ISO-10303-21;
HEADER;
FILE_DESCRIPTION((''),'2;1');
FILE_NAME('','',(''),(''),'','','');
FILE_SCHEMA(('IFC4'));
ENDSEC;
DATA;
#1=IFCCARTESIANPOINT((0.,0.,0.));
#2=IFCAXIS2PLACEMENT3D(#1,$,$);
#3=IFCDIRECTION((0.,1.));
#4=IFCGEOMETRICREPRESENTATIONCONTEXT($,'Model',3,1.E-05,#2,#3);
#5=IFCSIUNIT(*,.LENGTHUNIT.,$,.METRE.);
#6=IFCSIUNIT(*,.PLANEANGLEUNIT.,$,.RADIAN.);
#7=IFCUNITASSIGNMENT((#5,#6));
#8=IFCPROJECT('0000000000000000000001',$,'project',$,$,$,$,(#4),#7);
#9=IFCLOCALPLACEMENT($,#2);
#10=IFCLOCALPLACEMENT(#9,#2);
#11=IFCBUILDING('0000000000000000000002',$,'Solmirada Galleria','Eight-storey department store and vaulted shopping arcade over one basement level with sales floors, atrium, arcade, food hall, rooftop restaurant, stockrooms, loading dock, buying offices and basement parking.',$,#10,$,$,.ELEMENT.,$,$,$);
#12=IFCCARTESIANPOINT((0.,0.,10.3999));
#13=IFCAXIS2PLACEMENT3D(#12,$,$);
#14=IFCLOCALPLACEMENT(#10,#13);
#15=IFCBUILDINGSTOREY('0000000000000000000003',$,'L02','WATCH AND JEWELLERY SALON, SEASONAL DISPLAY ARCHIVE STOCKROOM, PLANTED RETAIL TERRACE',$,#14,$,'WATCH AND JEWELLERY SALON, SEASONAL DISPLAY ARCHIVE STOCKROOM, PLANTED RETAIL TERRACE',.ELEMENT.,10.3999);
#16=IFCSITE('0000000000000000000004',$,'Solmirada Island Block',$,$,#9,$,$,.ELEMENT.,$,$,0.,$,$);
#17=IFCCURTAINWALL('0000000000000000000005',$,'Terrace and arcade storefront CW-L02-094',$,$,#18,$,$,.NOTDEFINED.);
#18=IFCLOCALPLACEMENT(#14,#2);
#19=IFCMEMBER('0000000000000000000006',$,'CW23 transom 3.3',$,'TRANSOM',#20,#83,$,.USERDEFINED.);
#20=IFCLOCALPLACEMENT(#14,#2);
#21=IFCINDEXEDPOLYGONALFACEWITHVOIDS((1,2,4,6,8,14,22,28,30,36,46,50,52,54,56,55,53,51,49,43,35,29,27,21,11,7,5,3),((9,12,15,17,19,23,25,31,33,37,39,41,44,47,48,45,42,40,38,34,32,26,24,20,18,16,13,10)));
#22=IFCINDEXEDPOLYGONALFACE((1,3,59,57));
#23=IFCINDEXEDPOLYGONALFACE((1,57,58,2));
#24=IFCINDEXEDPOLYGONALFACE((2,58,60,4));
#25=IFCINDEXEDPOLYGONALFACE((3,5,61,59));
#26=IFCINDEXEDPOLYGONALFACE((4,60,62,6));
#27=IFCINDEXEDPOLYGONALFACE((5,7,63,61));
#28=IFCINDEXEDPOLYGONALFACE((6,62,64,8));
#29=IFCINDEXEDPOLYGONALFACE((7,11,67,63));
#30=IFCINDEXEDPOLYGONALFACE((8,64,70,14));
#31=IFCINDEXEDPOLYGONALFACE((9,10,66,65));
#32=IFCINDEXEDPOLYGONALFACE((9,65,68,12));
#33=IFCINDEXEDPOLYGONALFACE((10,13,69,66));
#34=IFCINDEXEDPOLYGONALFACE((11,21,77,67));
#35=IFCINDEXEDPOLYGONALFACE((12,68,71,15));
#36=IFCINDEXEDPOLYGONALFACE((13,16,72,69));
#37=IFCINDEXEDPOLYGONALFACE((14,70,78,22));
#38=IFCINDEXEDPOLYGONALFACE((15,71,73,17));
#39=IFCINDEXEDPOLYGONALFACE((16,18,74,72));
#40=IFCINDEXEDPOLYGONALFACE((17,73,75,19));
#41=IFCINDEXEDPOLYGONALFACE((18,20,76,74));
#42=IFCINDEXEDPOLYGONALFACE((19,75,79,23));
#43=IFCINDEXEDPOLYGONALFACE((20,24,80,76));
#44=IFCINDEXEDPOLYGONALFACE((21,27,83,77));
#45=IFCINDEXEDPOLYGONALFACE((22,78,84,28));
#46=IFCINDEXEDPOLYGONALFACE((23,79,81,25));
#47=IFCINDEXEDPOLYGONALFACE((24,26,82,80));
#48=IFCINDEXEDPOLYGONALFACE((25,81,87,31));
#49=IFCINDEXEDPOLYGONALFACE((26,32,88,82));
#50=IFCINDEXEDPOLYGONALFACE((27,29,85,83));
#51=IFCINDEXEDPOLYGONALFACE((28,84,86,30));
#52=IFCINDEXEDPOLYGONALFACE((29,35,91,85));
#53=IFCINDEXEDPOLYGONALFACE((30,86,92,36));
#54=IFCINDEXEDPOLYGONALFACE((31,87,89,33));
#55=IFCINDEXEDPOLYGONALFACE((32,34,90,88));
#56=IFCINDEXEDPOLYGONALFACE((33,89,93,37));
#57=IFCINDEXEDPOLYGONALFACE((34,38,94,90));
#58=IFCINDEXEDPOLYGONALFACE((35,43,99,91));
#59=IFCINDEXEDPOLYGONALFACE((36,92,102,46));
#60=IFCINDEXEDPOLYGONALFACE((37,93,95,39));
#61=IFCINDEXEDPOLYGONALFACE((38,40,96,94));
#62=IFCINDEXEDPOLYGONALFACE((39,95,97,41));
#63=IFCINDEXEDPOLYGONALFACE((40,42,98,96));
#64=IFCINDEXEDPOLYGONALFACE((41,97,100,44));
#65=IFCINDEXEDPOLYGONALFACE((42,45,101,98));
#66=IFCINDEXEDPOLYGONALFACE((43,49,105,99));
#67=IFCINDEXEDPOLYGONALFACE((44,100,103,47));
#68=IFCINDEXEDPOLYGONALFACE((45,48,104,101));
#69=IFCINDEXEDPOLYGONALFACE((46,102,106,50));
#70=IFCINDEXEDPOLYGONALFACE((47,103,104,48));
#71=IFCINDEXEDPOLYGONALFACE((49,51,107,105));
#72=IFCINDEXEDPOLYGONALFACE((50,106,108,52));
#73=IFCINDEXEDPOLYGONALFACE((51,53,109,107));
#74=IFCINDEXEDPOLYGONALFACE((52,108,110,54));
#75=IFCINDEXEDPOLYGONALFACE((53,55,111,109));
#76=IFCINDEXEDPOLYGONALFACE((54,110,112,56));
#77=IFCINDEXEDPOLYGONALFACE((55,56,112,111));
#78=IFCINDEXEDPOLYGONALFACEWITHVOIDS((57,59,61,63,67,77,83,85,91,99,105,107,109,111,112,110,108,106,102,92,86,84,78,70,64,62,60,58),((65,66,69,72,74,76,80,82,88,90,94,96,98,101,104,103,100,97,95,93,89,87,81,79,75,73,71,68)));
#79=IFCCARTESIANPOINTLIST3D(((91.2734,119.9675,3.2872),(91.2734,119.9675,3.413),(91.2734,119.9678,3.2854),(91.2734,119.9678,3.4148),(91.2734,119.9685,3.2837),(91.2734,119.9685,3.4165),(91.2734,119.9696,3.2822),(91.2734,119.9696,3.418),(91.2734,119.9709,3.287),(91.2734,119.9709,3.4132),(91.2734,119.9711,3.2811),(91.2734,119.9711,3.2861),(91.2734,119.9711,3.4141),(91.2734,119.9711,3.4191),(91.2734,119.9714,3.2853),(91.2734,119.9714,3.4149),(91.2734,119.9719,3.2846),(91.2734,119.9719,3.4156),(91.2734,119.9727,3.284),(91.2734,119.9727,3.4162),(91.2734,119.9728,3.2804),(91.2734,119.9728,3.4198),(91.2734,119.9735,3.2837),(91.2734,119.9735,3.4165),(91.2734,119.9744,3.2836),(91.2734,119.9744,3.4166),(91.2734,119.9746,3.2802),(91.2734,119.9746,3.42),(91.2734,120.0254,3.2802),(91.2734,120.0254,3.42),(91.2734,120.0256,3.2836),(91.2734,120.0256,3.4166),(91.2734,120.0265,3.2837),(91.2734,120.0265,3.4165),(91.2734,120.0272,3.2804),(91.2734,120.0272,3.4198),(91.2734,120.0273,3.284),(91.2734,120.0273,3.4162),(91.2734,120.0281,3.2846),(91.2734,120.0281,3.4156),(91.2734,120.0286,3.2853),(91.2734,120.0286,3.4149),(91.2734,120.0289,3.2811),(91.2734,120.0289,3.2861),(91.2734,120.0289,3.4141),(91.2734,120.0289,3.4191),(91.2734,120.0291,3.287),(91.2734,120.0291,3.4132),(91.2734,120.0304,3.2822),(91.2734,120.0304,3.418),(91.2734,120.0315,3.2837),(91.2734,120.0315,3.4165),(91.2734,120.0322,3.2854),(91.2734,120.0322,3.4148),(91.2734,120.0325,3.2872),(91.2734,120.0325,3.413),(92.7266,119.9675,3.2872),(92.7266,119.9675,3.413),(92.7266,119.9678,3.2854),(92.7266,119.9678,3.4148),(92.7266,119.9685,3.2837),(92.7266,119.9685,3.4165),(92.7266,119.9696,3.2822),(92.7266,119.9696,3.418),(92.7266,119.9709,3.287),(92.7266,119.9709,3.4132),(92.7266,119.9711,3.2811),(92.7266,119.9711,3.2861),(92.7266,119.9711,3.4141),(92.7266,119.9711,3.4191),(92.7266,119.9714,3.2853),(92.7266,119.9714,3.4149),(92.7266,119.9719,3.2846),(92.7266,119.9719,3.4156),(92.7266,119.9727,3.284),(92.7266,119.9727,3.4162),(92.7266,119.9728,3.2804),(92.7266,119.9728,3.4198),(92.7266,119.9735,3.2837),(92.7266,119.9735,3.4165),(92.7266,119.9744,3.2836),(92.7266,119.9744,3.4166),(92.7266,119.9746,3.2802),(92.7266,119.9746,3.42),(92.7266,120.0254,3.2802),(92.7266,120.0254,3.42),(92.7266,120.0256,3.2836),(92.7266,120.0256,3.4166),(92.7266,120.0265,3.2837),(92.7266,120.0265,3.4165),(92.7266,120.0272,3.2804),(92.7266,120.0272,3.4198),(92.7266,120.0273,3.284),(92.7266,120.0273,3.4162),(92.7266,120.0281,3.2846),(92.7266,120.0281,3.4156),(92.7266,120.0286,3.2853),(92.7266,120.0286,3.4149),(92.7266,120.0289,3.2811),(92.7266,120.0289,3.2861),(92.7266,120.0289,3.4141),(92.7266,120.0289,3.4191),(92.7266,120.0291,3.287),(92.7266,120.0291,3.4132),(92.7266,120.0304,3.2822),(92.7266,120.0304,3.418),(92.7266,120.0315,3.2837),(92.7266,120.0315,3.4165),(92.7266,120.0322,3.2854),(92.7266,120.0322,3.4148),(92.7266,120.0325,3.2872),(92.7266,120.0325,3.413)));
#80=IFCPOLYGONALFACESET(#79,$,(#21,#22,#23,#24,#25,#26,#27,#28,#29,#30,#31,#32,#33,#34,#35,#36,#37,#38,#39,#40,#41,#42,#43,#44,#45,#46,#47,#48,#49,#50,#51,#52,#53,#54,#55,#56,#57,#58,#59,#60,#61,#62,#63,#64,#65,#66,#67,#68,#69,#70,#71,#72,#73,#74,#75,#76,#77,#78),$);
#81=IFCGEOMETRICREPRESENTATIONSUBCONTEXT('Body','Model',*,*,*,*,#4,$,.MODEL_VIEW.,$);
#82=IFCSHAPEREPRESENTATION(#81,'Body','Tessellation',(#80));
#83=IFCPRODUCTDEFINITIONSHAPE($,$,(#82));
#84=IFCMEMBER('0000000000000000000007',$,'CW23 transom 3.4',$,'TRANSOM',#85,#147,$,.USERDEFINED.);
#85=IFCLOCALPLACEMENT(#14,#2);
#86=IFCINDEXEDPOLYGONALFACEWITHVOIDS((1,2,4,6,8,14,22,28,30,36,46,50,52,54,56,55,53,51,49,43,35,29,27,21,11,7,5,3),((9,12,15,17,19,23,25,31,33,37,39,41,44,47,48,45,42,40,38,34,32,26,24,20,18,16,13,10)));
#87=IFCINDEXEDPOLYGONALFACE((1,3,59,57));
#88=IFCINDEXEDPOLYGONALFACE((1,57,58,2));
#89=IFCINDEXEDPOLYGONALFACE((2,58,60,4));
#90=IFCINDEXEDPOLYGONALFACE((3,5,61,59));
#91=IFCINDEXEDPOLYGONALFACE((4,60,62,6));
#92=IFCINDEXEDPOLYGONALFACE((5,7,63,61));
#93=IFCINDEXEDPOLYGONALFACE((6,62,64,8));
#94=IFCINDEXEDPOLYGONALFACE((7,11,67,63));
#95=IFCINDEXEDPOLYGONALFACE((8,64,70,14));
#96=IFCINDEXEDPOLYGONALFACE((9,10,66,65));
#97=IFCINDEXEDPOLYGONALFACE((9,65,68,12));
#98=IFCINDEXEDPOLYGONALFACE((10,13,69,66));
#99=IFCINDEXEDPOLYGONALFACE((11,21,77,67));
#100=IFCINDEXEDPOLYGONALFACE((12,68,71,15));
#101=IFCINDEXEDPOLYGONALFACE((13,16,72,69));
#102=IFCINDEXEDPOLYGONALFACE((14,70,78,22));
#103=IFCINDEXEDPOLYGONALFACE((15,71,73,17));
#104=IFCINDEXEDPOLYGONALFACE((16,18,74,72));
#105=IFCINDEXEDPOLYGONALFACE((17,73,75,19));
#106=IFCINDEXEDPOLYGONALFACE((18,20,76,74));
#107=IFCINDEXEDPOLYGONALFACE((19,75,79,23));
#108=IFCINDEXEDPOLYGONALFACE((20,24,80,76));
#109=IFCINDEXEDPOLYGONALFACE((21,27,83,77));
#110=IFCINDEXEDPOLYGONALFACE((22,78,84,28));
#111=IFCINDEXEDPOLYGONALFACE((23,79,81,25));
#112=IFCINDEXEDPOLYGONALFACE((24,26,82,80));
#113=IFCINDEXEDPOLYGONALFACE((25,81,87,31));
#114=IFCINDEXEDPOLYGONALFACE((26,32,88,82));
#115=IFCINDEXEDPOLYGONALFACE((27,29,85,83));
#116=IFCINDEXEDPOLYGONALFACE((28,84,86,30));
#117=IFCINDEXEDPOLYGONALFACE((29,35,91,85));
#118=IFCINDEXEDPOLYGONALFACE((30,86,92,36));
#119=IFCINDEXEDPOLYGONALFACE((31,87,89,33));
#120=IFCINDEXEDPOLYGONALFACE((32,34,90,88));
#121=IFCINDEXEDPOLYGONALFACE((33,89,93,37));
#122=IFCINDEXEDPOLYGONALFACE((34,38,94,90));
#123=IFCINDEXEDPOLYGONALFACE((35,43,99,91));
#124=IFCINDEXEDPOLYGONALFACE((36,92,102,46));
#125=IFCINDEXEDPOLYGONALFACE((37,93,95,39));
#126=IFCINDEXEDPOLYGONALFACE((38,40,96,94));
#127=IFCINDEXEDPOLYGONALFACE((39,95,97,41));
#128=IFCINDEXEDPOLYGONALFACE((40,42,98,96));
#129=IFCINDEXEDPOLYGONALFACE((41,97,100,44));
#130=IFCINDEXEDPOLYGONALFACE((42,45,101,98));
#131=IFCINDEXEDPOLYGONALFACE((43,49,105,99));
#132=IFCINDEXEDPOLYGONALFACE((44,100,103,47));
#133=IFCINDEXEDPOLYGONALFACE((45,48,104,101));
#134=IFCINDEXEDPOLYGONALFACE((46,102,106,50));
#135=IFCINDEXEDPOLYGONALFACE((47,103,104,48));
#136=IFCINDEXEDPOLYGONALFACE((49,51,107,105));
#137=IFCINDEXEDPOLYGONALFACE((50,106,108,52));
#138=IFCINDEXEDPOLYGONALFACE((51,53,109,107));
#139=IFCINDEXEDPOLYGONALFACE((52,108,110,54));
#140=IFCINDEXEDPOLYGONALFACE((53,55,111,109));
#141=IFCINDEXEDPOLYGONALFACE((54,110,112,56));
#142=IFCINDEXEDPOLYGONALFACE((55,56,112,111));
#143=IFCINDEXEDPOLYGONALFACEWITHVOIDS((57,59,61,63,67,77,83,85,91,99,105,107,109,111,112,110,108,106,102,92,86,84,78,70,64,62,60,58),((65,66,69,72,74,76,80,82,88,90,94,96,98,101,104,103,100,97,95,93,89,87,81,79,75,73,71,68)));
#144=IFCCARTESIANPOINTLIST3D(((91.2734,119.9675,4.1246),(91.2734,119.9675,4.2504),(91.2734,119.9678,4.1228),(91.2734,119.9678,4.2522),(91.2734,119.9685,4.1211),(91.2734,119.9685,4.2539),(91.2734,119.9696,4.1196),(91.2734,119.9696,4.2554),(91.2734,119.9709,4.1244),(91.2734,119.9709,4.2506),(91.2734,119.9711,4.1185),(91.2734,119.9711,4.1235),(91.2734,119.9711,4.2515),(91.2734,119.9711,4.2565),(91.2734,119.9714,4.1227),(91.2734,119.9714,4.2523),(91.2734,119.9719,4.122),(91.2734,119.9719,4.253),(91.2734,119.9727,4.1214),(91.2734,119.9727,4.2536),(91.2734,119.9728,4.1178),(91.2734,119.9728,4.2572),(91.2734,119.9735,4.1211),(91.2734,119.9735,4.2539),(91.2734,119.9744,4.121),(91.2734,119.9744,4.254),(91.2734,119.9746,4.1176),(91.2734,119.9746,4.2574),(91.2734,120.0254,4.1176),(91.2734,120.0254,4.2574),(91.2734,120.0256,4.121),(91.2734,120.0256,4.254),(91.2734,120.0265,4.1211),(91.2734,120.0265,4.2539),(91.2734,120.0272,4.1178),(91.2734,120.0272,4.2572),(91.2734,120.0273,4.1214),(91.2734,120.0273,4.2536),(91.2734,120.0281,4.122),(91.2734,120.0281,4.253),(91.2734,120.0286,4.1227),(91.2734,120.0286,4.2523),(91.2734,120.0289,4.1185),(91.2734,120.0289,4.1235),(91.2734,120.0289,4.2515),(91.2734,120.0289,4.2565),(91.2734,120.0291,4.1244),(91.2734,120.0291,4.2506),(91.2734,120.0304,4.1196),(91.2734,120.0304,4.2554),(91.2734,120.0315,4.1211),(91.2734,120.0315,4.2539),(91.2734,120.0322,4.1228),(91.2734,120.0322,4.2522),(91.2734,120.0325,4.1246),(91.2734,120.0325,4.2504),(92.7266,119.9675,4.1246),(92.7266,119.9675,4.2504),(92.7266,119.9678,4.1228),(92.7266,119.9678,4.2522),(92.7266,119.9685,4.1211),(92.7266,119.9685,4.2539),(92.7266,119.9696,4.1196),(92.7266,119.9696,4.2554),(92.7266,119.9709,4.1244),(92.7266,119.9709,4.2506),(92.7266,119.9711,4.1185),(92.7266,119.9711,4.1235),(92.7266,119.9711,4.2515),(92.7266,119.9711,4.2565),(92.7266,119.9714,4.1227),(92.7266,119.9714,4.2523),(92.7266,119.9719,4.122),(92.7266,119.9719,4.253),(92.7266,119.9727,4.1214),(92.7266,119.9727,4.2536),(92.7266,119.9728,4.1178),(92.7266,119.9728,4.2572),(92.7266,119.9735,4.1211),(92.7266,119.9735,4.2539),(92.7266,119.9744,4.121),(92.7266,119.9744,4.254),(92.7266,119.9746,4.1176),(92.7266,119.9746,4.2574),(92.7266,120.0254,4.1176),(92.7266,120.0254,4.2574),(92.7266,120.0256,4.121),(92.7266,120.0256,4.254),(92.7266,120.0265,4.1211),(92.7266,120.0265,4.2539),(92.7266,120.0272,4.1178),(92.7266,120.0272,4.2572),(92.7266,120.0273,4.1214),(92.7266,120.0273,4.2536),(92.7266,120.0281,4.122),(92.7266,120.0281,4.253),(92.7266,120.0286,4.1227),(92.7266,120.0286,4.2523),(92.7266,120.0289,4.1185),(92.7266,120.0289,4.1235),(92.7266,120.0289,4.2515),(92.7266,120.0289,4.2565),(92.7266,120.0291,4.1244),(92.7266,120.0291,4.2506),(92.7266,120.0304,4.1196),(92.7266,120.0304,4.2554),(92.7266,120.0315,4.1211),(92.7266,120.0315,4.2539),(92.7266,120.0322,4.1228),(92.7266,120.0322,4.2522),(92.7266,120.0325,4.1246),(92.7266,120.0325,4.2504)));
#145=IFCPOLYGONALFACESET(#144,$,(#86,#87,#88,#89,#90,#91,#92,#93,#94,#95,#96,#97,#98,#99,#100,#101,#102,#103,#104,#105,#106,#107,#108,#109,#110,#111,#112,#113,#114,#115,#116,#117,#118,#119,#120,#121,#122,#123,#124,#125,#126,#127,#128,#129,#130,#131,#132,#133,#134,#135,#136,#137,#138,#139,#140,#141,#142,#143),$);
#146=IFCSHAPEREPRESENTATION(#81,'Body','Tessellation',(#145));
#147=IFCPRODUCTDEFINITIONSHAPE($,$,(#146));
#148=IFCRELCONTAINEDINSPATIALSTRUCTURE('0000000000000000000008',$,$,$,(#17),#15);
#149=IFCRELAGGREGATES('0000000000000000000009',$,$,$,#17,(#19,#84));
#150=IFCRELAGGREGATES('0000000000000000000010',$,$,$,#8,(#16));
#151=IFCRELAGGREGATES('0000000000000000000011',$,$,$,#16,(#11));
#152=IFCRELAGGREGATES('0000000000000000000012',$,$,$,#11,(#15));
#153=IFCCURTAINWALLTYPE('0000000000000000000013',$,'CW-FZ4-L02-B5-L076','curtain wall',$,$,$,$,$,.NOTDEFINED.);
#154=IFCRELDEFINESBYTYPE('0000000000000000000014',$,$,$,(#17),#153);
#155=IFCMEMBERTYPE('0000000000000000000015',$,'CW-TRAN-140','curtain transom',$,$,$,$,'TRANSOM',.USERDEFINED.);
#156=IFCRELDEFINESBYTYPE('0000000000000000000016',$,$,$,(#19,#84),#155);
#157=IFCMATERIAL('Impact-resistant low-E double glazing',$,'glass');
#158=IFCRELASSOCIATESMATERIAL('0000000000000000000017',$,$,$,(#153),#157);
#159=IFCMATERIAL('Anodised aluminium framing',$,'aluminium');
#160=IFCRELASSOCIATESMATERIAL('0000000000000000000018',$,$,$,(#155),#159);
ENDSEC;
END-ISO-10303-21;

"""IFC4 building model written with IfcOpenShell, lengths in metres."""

from ifc_helpers import new_model, si_unit, direction, frame, origin, origin_2d, place, context, subcontext, project, spatial, hollow_rectangle, extrude, material, material_profile, profile_set, type_object, element, aggregate, save


model = new_model("IFC4")

# Units and contexts
model_context = context("Model", 3, precision=1e-05, world=origin(), true_north=direction((0.0, 1.0)))
body_context = subcontext(model_context, "Body", "Model", "MODEL_VIEW")
ifc_project = project(units=[si_unit("LENGTHUNIT", "METRE"), si_unit("PLANEANGLEUNIT", "RADIAN")], contexts=[model_context])

# Site, building, storey
site_placement = place(None, origin())
site = spatial("IfcSite", under=ifc_project, at=site_placement, Name="Solmirada Island Block", CompositionType="ELEMENT", RefElevation=0.0)
building_placement = place(site_placement, origin())
building = spatial("IfcBuilding", under=site, at=building_placement, Name="Solmirada Galleria", Description="Eight-storey department store and vaulted shopping arcade over one basement level with sales floors, atrium, arcade, food hall, rooftop restaurant, stockrooms, loading dock, buying offices and basement parking.", CompositionType="ELEMENT")
storey_placement = place(building_placement, frame((0.0, 0.0, 10.3999)))
storey = spatial("IfcBuildingStorey", under=building, at=storey_placement, Name="L02", Description="WATCH AND JEWELLERY SALON, SEASONAL DISPLAY ARCHIVE STOCKROOM, PLANTED RETAIL TERRACE", LongName="WATCH AND JEWELLERY SALON, SEASONAL DISPLAY ARCHIVE STOCKROOM, PLANTED RETAIL TERRACE", CompositionType="ELEMENT", Elevation=10.3999)

# Curtain wall, members
ifc_material_1 = material(Name="Impact-resistant low-E double glazing", Category="glass")
curtain_wall_type = type_object("IfcCurtainWallType", Name="CW-FZ4-L02-B5-L076", Description="curtain wall", PredefinedType="NOTDEFINED", material=ifc_material_1)
curtain_wall_placement = place(storey_placement, origin())
curtain_wall = element("IfcCurtainWall", 1, at=curtain_wall_placement, inside=storey, type_object=curtain_wall_type, Name="Terrace and arcade storefront CW-L02-094", PredefinedType="NOTDEFINED")
ifc_material_2 = material(Name="Anodised aluminium framing", Category="aluminium")
ifc_material_profile_1 = material_profile(ifc_material_2, hollow_rectangle(XDim=0.0649, YDim=0.1399, WallThickness=0.0034, InnerFilletRadius=0.0034, OuterFilletRadius=0.0071, at=origin_2d()), Name="ALU-TRAN-140X65")
ifc_profile_set_1 = profile_set([ifc_material_profile_1], Name="Anodised aluminium framing")
member_type_1 = type_object("IfcMemberType", Name="CW-TRAN-140", Description="curtain transom", ElementType="TRANSOM", PredefinedType="USERDEFINED", material=ifc_profile_set_1)
member_1_placement = place(storey_placement, frame((91.2734, 120.0, 3.3501), z_axis=(1.0, 0.0, 0.0), x_axis=(0.0, 1.0, 0.0)))
member_1 = element("IfcMember", 2, at=member_1_placement, type_object=member_type_1, Name="CW23 transom 3.3", ObjectType="TRANSOM", PredefinedType="USERDEFINED", context=body_context, shape_type="SweptSolid", body=[
    extrude(hollow_rectangle(XDim=0.0649, YDim=0.1399, WallThickness=0.0034, InnerFilletRadius=0.0034, OuterFilletRadius=0.0071, at=origin_2d()), origin(), (0.0, 0.0, 1.0), 1.4531),
])
member_2_placement = place(storey_placement, frame((91.2734, 120.0, 4.1875), z_axis=(1.0, 0.0, 0.0), x_axis=(0.0, 1.0, 0.0)))
member_2 = element("IfcMember", 3, at=member_2_placement, type_object=member_type_1, Name="CW23 transom 3.4", ObjectType="TRANSOM", PredefinedType="USERDEFINED", context=body_context, shape_type="SweptSolid", body=[
    extrude(hollow_rectangle(XDim=0.0649, YDim=0.1399, WallThickness=0.0034, InnerFilletRadius=0.0034, OuterFilletRadius=0.0071, at=origin_2d()), origin(), (0.0, 0.0, 1.0), 1.4531),
])
aggregate(curtain_wall, [member_1, member_2])

save(model, "model.ifc")
